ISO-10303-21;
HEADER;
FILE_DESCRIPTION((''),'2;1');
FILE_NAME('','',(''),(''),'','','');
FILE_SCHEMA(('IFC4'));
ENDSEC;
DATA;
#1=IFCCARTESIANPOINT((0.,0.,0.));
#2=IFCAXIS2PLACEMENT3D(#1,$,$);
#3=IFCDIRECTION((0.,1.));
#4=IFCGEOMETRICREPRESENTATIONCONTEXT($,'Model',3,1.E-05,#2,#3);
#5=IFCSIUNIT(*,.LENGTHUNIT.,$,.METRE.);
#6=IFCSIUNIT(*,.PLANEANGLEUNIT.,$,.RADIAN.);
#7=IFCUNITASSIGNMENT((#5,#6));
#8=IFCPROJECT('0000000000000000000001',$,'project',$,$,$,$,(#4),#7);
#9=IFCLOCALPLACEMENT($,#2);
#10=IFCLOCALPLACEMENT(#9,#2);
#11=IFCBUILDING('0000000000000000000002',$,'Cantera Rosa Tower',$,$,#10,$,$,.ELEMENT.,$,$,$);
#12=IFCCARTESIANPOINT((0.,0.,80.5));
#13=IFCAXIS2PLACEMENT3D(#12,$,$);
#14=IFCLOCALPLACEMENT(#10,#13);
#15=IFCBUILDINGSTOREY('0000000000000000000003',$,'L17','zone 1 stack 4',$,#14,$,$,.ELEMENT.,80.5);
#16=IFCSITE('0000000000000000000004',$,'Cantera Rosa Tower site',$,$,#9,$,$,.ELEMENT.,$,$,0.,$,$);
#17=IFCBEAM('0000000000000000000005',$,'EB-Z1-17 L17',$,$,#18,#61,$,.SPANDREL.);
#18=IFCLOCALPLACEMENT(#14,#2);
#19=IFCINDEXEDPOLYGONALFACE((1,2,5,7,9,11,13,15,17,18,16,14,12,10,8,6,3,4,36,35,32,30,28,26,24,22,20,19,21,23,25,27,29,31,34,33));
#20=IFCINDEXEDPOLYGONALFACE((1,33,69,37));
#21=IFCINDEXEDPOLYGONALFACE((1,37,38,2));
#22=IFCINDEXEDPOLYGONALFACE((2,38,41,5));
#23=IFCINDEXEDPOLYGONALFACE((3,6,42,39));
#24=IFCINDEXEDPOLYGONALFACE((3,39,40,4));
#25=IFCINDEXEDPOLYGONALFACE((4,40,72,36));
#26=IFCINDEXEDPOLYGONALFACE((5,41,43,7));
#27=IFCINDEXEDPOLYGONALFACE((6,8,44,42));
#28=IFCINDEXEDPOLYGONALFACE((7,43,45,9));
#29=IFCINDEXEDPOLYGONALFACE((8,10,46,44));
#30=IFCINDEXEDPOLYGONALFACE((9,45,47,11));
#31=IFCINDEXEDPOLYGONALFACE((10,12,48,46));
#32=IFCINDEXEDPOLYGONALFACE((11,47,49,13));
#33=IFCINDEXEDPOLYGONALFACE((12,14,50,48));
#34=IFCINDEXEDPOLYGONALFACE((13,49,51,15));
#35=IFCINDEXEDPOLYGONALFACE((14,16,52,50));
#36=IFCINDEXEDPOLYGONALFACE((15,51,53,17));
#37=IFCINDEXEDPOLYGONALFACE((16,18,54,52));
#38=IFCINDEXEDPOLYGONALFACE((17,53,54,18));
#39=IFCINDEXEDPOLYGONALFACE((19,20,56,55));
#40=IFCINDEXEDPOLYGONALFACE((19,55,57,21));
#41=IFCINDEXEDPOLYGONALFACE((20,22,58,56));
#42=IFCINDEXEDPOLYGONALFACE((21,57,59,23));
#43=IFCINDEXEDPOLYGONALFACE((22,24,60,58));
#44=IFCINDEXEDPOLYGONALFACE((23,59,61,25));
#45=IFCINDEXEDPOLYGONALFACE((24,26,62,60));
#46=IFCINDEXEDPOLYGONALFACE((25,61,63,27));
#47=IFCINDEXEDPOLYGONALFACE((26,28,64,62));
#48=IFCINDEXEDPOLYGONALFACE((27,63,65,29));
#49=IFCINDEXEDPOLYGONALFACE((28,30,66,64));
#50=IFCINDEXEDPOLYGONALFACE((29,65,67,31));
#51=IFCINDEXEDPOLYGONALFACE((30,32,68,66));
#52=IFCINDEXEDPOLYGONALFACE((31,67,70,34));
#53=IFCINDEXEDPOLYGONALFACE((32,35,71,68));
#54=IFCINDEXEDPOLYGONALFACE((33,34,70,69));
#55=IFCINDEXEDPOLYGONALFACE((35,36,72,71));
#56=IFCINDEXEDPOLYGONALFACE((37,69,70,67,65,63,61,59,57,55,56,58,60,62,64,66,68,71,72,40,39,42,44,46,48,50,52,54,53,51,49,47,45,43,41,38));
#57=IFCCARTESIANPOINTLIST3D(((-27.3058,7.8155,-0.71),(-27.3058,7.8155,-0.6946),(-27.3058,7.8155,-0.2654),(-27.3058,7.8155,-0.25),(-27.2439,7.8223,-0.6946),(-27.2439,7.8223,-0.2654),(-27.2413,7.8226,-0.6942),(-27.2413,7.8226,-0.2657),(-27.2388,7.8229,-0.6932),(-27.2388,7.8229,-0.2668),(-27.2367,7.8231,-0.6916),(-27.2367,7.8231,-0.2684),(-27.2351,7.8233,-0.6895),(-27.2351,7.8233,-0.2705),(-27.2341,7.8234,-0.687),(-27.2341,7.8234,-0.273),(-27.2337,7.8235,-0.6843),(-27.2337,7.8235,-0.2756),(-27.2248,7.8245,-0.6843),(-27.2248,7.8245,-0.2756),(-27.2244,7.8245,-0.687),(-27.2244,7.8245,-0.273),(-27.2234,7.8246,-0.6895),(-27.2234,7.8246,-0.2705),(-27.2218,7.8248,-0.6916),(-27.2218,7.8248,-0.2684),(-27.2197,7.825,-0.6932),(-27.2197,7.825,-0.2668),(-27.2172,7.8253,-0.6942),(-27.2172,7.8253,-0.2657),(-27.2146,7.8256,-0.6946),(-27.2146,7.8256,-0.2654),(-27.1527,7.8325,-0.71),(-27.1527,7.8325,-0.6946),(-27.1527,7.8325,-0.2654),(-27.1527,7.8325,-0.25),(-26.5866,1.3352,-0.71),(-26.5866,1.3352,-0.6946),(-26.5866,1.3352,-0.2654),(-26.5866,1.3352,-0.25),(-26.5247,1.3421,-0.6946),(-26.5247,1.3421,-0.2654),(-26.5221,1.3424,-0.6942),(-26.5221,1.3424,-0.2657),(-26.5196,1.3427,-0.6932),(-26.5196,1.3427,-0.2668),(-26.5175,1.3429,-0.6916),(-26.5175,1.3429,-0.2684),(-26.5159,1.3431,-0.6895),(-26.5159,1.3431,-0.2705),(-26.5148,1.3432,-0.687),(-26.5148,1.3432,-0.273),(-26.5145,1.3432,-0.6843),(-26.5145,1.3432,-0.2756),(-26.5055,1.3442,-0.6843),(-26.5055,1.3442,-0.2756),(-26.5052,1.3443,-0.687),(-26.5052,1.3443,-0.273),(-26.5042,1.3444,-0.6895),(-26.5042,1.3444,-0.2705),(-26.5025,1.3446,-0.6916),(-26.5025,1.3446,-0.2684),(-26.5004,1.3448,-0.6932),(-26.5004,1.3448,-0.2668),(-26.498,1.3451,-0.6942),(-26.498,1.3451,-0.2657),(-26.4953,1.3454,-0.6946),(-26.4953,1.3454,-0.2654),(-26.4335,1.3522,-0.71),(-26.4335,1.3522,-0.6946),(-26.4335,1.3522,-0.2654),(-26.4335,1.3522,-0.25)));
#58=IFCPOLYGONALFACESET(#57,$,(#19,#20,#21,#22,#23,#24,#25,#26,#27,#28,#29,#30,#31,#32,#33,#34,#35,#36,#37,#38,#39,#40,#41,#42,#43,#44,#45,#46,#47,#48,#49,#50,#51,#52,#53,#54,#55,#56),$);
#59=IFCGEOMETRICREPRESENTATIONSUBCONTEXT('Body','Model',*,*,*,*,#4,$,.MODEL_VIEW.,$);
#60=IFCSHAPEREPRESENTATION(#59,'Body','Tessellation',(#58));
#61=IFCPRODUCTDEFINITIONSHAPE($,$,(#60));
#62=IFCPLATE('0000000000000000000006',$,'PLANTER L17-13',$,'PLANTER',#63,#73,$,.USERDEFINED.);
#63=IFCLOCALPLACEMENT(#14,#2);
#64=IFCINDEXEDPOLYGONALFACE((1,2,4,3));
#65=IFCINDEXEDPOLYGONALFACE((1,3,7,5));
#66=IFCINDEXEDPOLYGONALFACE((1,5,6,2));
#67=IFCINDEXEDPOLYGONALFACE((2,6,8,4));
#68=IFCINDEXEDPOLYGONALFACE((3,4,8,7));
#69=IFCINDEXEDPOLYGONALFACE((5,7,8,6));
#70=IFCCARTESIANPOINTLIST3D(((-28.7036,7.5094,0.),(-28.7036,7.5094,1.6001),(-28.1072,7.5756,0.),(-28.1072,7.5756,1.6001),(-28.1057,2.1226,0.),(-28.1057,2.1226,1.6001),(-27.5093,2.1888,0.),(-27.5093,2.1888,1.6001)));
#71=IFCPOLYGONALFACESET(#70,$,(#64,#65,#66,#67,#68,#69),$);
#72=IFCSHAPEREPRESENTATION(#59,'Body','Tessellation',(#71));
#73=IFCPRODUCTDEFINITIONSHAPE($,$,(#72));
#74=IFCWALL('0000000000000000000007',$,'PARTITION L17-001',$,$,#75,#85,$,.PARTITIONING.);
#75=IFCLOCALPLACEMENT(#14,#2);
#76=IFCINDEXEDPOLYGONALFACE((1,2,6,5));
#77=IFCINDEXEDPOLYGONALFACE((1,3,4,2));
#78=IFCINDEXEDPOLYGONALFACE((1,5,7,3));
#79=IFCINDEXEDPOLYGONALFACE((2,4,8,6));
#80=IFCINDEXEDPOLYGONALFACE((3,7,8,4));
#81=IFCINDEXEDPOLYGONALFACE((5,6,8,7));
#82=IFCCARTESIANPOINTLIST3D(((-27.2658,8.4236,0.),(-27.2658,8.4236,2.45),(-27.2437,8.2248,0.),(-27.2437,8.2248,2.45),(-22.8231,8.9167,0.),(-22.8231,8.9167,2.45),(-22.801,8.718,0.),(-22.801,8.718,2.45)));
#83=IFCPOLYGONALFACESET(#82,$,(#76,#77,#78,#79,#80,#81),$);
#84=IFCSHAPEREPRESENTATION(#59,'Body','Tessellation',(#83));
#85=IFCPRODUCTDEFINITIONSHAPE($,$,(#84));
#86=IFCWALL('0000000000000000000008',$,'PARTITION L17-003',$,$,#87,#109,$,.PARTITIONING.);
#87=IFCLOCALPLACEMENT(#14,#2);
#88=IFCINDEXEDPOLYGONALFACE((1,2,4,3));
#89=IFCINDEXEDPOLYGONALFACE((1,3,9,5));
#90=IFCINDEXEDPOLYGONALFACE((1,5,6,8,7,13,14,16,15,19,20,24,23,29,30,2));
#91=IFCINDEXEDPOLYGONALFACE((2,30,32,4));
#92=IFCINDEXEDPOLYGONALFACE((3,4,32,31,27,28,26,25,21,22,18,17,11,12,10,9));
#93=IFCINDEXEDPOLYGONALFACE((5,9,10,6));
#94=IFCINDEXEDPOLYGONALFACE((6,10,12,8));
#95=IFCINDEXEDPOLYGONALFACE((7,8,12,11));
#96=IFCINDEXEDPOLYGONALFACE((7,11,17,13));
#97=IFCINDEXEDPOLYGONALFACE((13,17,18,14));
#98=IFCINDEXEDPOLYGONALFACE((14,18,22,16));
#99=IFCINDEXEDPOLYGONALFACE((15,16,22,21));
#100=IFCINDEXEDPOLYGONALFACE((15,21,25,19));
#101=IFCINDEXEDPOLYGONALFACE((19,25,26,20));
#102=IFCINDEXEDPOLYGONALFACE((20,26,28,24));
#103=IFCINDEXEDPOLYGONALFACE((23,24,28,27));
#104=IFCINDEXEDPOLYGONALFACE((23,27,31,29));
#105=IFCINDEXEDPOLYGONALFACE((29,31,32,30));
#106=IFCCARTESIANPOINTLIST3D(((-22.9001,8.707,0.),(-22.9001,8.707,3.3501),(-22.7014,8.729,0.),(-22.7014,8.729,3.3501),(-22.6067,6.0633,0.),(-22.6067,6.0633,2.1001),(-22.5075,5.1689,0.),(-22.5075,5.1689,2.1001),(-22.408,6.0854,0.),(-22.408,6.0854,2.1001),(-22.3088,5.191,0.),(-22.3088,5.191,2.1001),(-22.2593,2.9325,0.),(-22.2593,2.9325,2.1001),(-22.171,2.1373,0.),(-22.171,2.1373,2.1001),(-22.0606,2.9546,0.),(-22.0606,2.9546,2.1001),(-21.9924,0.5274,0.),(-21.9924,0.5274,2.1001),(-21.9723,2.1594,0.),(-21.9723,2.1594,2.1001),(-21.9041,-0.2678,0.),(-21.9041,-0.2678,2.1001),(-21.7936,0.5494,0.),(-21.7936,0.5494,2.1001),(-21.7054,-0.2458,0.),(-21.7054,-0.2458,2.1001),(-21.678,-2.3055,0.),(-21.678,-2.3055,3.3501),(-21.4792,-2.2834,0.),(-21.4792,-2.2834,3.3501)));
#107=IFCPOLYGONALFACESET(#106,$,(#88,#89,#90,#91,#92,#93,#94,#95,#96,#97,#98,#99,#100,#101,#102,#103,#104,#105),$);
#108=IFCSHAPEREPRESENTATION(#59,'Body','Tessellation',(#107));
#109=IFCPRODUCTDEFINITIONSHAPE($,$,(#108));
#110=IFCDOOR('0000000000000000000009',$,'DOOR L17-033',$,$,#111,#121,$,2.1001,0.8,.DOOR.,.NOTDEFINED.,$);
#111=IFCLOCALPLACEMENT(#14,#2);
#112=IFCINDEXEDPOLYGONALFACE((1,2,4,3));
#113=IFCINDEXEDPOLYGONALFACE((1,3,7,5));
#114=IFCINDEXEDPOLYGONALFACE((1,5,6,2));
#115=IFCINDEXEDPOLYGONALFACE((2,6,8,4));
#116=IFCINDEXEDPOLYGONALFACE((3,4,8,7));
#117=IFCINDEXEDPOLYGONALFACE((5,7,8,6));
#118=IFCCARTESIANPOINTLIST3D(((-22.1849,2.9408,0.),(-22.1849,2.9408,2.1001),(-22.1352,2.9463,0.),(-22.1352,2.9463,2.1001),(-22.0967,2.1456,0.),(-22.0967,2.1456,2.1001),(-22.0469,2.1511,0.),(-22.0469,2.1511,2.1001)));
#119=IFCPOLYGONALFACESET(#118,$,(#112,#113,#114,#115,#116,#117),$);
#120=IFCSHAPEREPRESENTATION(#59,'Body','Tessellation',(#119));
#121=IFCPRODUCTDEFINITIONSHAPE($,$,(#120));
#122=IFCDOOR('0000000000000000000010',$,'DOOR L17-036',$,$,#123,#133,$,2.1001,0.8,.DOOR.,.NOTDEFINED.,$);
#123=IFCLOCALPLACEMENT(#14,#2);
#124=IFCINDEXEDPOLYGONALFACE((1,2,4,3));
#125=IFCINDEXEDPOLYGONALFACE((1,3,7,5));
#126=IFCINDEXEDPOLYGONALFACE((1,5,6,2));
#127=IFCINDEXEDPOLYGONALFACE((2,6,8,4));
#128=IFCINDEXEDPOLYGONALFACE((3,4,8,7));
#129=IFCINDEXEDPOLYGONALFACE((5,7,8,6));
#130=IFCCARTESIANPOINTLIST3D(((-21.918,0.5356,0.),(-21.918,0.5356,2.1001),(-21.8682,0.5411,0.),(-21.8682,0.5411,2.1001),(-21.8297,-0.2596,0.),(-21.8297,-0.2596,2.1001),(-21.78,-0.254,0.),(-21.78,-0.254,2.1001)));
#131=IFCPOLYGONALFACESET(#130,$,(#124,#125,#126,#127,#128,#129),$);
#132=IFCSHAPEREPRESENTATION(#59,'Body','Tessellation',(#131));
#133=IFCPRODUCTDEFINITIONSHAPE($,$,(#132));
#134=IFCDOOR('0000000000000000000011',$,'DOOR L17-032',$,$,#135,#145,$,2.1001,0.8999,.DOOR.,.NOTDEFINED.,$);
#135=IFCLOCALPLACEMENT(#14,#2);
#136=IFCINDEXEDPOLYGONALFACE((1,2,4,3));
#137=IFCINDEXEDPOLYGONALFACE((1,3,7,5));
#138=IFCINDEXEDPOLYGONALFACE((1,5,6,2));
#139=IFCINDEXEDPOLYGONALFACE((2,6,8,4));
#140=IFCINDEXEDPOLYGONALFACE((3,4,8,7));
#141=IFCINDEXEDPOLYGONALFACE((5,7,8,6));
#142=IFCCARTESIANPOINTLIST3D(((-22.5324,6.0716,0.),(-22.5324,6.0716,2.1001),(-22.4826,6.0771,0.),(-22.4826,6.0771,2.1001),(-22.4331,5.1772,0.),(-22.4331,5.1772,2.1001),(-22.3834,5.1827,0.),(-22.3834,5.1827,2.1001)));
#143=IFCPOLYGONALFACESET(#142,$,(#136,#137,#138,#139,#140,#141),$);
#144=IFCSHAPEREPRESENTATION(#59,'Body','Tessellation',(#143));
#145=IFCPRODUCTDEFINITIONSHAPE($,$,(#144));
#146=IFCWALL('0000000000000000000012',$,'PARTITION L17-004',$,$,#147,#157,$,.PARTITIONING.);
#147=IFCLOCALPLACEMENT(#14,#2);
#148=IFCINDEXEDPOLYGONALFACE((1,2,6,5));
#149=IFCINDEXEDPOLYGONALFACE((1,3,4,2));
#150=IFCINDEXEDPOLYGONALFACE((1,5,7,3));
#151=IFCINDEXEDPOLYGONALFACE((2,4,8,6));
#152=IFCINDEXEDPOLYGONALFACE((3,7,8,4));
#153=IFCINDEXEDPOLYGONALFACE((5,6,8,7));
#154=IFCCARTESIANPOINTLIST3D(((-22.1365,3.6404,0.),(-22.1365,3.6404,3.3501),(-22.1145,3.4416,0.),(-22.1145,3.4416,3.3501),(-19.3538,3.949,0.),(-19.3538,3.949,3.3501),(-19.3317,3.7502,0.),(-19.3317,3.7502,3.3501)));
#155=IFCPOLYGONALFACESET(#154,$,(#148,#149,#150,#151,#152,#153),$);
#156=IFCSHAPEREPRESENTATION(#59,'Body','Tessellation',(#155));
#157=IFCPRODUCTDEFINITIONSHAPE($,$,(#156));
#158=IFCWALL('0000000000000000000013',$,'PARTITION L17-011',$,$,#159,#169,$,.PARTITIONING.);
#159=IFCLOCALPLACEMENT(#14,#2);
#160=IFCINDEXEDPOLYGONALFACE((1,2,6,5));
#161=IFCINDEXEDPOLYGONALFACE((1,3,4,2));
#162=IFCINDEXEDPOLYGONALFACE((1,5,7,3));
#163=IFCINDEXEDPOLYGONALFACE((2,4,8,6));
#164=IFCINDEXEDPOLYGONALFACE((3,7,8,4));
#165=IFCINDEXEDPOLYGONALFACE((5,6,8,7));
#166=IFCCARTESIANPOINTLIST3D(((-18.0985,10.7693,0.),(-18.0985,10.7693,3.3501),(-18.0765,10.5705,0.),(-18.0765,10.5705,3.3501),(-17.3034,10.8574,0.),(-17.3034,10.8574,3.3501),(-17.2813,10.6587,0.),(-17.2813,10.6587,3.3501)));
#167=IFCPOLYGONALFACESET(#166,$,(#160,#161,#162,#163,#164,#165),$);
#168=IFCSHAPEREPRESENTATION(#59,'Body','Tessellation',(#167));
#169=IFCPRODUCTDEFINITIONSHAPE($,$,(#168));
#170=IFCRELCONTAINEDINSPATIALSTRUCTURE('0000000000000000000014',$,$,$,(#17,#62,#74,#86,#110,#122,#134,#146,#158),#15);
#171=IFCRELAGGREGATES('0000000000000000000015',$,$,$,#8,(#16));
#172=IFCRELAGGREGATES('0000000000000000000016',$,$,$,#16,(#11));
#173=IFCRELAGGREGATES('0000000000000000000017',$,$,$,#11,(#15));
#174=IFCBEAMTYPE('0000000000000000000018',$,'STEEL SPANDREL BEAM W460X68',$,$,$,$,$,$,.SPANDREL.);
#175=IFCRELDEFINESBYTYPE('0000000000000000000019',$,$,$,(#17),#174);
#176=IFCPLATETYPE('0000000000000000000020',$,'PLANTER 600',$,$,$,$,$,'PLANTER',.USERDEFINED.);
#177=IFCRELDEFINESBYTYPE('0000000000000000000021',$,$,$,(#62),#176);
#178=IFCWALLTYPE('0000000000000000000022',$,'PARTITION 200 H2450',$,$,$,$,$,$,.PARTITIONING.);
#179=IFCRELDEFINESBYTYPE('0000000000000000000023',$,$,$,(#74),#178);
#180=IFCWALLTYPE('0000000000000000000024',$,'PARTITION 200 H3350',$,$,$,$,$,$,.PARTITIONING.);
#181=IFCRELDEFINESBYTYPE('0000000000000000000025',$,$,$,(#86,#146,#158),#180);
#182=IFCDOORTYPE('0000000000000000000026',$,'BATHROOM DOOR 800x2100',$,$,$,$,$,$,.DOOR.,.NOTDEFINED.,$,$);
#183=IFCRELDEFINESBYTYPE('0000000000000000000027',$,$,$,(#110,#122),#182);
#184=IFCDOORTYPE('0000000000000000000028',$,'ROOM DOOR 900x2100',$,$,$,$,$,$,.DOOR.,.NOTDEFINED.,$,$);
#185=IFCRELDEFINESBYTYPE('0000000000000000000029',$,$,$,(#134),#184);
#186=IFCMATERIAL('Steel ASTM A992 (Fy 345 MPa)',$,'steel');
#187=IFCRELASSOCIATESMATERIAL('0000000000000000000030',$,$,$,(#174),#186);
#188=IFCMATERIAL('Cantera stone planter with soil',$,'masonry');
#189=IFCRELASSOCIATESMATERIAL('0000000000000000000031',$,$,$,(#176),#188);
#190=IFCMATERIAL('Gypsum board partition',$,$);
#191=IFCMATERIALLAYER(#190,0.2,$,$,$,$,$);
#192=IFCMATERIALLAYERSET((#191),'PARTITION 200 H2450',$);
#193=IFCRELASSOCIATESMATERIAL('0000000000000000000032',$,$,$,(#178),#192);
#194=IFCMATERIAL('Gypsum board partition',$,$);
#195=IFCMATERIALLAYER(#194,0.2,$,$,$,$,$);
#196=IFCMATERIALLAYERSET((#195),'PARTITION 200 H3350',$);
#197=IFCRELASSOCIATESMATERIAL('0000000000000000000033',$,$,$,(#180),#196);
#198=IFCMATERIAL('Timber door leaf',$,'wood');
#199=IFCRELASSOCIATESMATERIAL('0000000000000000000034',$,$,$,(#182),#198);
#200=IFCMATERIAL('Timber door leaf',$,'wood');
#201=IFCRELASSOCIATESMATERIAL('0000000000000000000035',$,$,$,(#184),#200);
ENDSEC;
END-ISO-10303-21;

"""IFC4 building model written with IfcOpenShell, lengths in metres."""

from ifc_helpers import new_model, si_unit, direction, frame, frame_2d, origin, origin_2d, place, context, subcontext, project, spatial, rectangle, i_section, extrude, material, layer, layer_set, material_profile, profile_set, type_object, element, fill, save


model = new_model("IFC4")

# Units and contexts
model_context = context("Model", 3, precision=1e-05, world=origin(), true_north=direction((0.0, 1.0)))
body_context = subcontext(model_context, "Body", "Model", "MODEL_VIEW")
ifc_project = project(units=[si_unit("LENGTHUNIT", "METRE"), si_unit("PLANEANGLEUNIT", "RADIAN")], contexts=[model_context])

# Site, building, storey
site_placement = place(None, origin())
site = spatial("IfcSite", under=ifc_project, at=site_placement, Name="Cantera Rosa Tower site", CompositionType="ELEMENT", RefElevation=0.0)
building_placement = place(site_placement, origin())
building = spatial("IfcBuilding", under=site, at=building_placement, Name="Cantera Rosa Tower", CompositionType="ELEMENT")
storey_placement = place(building_placement, frame((0.0, 0.0, 80.5)))
storey = spatial("IfcBuildingStorey", under=building, at=storey_placement, Name="L17", Description="zone 1 stack 4", CompositionType="ELEMENT", Elevation=80.5)

# Beam
ifc_material_1 = material(Name="Steel ASTM A992 (Fy 345 MPa)", Category="steel")
ifc_material_profile_1 = material_profile(ifc_material_1, i_section(OverallWidth=0.1541, OverallDepth=0.46, WebThickness=0.009, FlangeThickness=0.0154, FilletRadius=0.0103, at=origin_2d()), Name="W460X68")
ifc_profile_set_1 = profile_set([ifc_material_profile_1], Name="Steel ASTM A992 (Fy 345 MPa)")
beam_type_1 = type_object("IfcBeamType", Name="STEEL SPANDREL BEAM W460X68", PredefinedType="SPANDREL", material=ifc_profile_set_1)
beam_1_placement = place(storey_placement, frame((-27.2292, 7.824, -0.48), z_axis=(0.110312, -0.993897, 0.0), x_axis=(0.993897, 0.110312, 0.0)))
element("IfcBeam", 1, at=beam_1_placement, inside=storey, type_object=beam_type_1, Name="EB-Z1-17 L17", PredefinedType="SPANDREL", context=body_context, shape_type="SweptSolid", body=[
    extrude(i_section(OverallWidth=0.1541, OverallDepth=0.46, WebThickness=0.009, FlangeThickness=0.0154, FilletRadius=0.0103, at=origin_2d()), origin(), (0.0, 0.0, 1.0), 6.52),
])

# Plate
ifc_material_2 = material(Name="Cantera stone planter with soil", Category="masonry")
plate_type = type_object("IfcPlateType", Name="PLANTER 600", ElementType="PLANTER", PredefinedType="USERDEFINED", material=ifc_material_2)
plate_placement = place(storey_placement, frame((-28.1064, 4.8491, 0.0), z_axis=(0.0, 0.0, 1.0), x_axis=(0.110313, -0.993897, 0.0)))
element("IfcPlate", 2, at=plate_placement, inside=storey, type_object=plate_type, Name="PLANTER L17-13", ObjectType="PLANTER", PredefinedType="USERDEFINED", context=body_context, shape_type="SweptSolid", body=[
    extrude(rectangle(XDim=5.4199, YDim=0.6001, at=origin_2d()), origin(), (0.0, 0.0, 1.0), 1.6001),
])

# Wall
ifc_material_3 = material(Name="Gypsum board partition")
ifc_layer_1 = layer(ifc_material_3, 0.2)
ifc_layer_set_1 = layer_set([ifc_layer_1], Name="PARTITION 200 H2450")
wall_type_1 = type_object("IfcWallType", Name="PARTITION 200 H2450", PredefinedType="PARTITIONING", material=ifc_layer_set_1)
wall_1_placement = place(storey_placement, frame((-27.2546, 8.3242, 0.0), z_axis=(0.0, 0.0, 1.0), x_axis=(0.993895, 0.11033, 0.0)))
element("IfcWall", 3, at=wall_1_placement, inside=storey, type_object=wall_type_1, Name="PARTITION L17-001", PredefinedType="PARTITIONING", context=body_context, shape_type="SweptSolid", body=[
    extrude(rectangle(XDim=4.47, YDim=0.2, at=frame_2d((2.2349, 0.0))), origin(), (0.0, 0.0, 1.0), 2.45),
])

# Wall, openings, doors
ifc_material_4 = material(Name="Gypsum board partition")
ifc_layer_2 = layer(ifc_material_4, 0.2)
ifc_layer_set_2 = layer_set([ifc_layer_2], Name="PARTITION 200 H3350")
wall_type_2 = type_object("IfcWallType", Name="PARTITION 200 H3350", PredefinedType="PARTITIONING", material=ifc_layer_set_2)
wall_2_placement = place(storey_placement, frame((-22.8008, 8.718, 0.0), z_axis=(0.0, 0.0, 1.0), x_axis=(0.110303, -0.993898, 0.0)))
wall_2 = element("IfcWall", 4, at=wall_2_placement, inside=storey, type_object=wall_type_2, Name="PARTITION L17-003", PredefinedType="PARTITIONING", context=body_context, shape_type="SweptSolid", body=[
    extrude(rectangle(XDim=11.0801, YDim=0.2, at=frame_2d((5.54, 0.0))), origin(), (0.0, 0.0, 1.0), 3.3501),
])
opening_1_placement = place(wall_2_placement, frame((2.6599, 0.0, 0.0)))
opening_1 = element("IfcOpeningElement", 5, at=opening_1_placement, cuts=wall_2, PredefinedType="OPENING", context=body_context, shape_type="SweptSolid", body=[
    extrude(rectangle(XDim=0.8999, YDim=2.1001, at=frame_2d((0.45, 1.05))), frame((0.0, 0.1099, 0.0), z_axis=(0.0, -1.0, 0.0), x_axis=(1.0, 0.0, 0.0)), (0.0, 0.0, 1.0), 0.22),
])
opening_2_placement = place(wall_2_placement, frame((5.8101, 0.0, 0.0)))
opening_2 = element("IfcOpeningElement", 6, at=opening_2_placement, cuts=wall_2, PredefinedType="OPENING", context=body_context, shape_type="SweptSolid", body=[
    extrude(rectangle(XDim=0.8, YDim=2.1001, at=frame_2d((0.3999, 1.05))), frame((0.0, 0.1099, 0.0), z_axis=(0.0, -1.0, 0.0), x_axis=(1.0, 0.0, 0.0)), (0.0, 0.0, 1.0), 0.22),
])
opening_3_placement = place(wall_2_placement, frame((8.23, 0.0, 0.0)))
opening_3 = element("IfcOpeningElement", 7, at=opening_3_placement, cuts=wall_2, PredefinedType="OPENING", context=body_context, shape_type="SweptSolid", body=[
    extrude(rectangle(XDim=0.8, YDim=2.1001, at=frame_2d((0.3999, 1.05))), frame((0.0, 0.1099, 0.0), z_axis=(0.0, -1.0, 0.0), x_axis=(1.0, 0.0, 0.0)), (0.0, 0.0, 1.0), 0.22),
])
ifc_material_5 = material(Name="Timber door leaf", Category="wood")
door_type_1 = type_object("IfcDoorType", Name="BATHROOM DOOR 800x2100", OperationType="NOTDEFINED", PredefinedType="DOOR", material=ifc_material_5)
door_1_placement = place(opening_2_placement, origin())
door_1 = element("IfcDoor", 8, at=door_1_placement, inside=storey, type_object=door_type_1, Name="DOOR L17-033", OperationType="NOTDEFINED", OverallHeight=2.1001, OverallWidth=0.8, PredefinedType="DOOR", context=body_context, shape_type="SweptSolid", body=[
    extrude(rectangle(XDim=0.8, YDim=2.1001, at=frame_2d((0.3999, 1.05))), frame((0.0, 0.0249, 0.0), z_axis=(0.0, -1.0, 0.0), x_axis=(1.0, 0.0, 0.0)), (0.0, 0.0, 1.0), 0.05),
])
fill(opening_2, door_1)
door_2_placement = place(opening_3_placement, origin())
door_2 = element("IfcDoor", 9, at=door_2_placement, inside=storey, type_object=door_type_1, Name="DOOR L17-036", OperationType="NOTDEFINED", OverallHeight=2.1001, OverallWidth=0.8, PredefinedType="DOOR", context=body_context, shape_type="SweptSolid", body=[
    extrude(rectangle(XDim=0.8, YDim=2.1001, at=frame_2d((0.3999, 1.05))), frame((0.0, 0.0249, 0.0), z_axis=(0.0, -1.0, 0.0), x_axis=(1.0, 0.0, 0.0)), (0.0, 0.0, 1.0), 0.05),
])
fill(opening_3, door_2)
ifc_material_6 = material(Name="Timber door leaf", Category="wood")
door_type_2 = type_object("IfcDoorType", Name="ROOM DOOR 900x2100", OperationType="NOTDEFINED", PredefinedType="DOOR", material=ifc_material_6)
door_3_placement = place(opening_1_placement, origin())
door_3 = element("IfcDoor", 10, at=door_3_placement, inside=storey, type_object=door_type_2, Name="DOOR L17-032", OperationType="NOTDEFINED", OverallHeight=2.1001, OverallWidth=0.8999, PredefinedType="DOOR", context=body_context, shape_type="SweptSolid", body=[
    extrude(rectangle(XDim=0.8999, YDim=2.1001, at=frame_2d((0.45, 1.05))), frame((0.0, 0.0249, 0.0), z_axis=(0.0, -1.0, 0.0), x_axis=(1.0, 0.0, 0.0)), (0.0, 0.0, 1.0), 0.05),
])
fill(opening_1, door_3)

# Walls
wall_3_placement = place(storey_placement, frame((-22.1255, 3.541, 0.0), z_axis=(0.0, 0.0, 1.0), x_axis=(0.993907, 0.110221, 0.0)))
element("IfcWall", 11, at=wall_3_placement, inside=storey, type_object=wall_type_2, Name="PARTITION L17-004", PredefinedType="PARTITIONING", context=body_context, shape_type="SweptSolid", body=[
    extrude(rectangle(XDim=2.7998, YDim=0.2, at=frame_2d((1.3999, 0.0))), origin(), (0.0, 0.0, 1.0), 3.3501),
])
wall_4_placement = place(storey_placement, frame((-18.0874, 10.6699, 0.0), z_axis=(0.0, 0.0, 1.0), x_axis=(0.993913, 0.110164, 0.0)))
element("IfcWall", 12, at=wall_4_placement, inside=storey, type_object=wall_type_2, Name="PARTITION L17-011", PredefinedType="PARTITIONING", context=body_context, shape_type="SweptSolid", body=[
    extrude(rectangle(XDim=0.8, YDim=0.2, at=frame_2d((0.3999, 0.0))), origin(), (0.0, 0.0, 1.0), 3.3501),
])

save(model, "model.ifc")
